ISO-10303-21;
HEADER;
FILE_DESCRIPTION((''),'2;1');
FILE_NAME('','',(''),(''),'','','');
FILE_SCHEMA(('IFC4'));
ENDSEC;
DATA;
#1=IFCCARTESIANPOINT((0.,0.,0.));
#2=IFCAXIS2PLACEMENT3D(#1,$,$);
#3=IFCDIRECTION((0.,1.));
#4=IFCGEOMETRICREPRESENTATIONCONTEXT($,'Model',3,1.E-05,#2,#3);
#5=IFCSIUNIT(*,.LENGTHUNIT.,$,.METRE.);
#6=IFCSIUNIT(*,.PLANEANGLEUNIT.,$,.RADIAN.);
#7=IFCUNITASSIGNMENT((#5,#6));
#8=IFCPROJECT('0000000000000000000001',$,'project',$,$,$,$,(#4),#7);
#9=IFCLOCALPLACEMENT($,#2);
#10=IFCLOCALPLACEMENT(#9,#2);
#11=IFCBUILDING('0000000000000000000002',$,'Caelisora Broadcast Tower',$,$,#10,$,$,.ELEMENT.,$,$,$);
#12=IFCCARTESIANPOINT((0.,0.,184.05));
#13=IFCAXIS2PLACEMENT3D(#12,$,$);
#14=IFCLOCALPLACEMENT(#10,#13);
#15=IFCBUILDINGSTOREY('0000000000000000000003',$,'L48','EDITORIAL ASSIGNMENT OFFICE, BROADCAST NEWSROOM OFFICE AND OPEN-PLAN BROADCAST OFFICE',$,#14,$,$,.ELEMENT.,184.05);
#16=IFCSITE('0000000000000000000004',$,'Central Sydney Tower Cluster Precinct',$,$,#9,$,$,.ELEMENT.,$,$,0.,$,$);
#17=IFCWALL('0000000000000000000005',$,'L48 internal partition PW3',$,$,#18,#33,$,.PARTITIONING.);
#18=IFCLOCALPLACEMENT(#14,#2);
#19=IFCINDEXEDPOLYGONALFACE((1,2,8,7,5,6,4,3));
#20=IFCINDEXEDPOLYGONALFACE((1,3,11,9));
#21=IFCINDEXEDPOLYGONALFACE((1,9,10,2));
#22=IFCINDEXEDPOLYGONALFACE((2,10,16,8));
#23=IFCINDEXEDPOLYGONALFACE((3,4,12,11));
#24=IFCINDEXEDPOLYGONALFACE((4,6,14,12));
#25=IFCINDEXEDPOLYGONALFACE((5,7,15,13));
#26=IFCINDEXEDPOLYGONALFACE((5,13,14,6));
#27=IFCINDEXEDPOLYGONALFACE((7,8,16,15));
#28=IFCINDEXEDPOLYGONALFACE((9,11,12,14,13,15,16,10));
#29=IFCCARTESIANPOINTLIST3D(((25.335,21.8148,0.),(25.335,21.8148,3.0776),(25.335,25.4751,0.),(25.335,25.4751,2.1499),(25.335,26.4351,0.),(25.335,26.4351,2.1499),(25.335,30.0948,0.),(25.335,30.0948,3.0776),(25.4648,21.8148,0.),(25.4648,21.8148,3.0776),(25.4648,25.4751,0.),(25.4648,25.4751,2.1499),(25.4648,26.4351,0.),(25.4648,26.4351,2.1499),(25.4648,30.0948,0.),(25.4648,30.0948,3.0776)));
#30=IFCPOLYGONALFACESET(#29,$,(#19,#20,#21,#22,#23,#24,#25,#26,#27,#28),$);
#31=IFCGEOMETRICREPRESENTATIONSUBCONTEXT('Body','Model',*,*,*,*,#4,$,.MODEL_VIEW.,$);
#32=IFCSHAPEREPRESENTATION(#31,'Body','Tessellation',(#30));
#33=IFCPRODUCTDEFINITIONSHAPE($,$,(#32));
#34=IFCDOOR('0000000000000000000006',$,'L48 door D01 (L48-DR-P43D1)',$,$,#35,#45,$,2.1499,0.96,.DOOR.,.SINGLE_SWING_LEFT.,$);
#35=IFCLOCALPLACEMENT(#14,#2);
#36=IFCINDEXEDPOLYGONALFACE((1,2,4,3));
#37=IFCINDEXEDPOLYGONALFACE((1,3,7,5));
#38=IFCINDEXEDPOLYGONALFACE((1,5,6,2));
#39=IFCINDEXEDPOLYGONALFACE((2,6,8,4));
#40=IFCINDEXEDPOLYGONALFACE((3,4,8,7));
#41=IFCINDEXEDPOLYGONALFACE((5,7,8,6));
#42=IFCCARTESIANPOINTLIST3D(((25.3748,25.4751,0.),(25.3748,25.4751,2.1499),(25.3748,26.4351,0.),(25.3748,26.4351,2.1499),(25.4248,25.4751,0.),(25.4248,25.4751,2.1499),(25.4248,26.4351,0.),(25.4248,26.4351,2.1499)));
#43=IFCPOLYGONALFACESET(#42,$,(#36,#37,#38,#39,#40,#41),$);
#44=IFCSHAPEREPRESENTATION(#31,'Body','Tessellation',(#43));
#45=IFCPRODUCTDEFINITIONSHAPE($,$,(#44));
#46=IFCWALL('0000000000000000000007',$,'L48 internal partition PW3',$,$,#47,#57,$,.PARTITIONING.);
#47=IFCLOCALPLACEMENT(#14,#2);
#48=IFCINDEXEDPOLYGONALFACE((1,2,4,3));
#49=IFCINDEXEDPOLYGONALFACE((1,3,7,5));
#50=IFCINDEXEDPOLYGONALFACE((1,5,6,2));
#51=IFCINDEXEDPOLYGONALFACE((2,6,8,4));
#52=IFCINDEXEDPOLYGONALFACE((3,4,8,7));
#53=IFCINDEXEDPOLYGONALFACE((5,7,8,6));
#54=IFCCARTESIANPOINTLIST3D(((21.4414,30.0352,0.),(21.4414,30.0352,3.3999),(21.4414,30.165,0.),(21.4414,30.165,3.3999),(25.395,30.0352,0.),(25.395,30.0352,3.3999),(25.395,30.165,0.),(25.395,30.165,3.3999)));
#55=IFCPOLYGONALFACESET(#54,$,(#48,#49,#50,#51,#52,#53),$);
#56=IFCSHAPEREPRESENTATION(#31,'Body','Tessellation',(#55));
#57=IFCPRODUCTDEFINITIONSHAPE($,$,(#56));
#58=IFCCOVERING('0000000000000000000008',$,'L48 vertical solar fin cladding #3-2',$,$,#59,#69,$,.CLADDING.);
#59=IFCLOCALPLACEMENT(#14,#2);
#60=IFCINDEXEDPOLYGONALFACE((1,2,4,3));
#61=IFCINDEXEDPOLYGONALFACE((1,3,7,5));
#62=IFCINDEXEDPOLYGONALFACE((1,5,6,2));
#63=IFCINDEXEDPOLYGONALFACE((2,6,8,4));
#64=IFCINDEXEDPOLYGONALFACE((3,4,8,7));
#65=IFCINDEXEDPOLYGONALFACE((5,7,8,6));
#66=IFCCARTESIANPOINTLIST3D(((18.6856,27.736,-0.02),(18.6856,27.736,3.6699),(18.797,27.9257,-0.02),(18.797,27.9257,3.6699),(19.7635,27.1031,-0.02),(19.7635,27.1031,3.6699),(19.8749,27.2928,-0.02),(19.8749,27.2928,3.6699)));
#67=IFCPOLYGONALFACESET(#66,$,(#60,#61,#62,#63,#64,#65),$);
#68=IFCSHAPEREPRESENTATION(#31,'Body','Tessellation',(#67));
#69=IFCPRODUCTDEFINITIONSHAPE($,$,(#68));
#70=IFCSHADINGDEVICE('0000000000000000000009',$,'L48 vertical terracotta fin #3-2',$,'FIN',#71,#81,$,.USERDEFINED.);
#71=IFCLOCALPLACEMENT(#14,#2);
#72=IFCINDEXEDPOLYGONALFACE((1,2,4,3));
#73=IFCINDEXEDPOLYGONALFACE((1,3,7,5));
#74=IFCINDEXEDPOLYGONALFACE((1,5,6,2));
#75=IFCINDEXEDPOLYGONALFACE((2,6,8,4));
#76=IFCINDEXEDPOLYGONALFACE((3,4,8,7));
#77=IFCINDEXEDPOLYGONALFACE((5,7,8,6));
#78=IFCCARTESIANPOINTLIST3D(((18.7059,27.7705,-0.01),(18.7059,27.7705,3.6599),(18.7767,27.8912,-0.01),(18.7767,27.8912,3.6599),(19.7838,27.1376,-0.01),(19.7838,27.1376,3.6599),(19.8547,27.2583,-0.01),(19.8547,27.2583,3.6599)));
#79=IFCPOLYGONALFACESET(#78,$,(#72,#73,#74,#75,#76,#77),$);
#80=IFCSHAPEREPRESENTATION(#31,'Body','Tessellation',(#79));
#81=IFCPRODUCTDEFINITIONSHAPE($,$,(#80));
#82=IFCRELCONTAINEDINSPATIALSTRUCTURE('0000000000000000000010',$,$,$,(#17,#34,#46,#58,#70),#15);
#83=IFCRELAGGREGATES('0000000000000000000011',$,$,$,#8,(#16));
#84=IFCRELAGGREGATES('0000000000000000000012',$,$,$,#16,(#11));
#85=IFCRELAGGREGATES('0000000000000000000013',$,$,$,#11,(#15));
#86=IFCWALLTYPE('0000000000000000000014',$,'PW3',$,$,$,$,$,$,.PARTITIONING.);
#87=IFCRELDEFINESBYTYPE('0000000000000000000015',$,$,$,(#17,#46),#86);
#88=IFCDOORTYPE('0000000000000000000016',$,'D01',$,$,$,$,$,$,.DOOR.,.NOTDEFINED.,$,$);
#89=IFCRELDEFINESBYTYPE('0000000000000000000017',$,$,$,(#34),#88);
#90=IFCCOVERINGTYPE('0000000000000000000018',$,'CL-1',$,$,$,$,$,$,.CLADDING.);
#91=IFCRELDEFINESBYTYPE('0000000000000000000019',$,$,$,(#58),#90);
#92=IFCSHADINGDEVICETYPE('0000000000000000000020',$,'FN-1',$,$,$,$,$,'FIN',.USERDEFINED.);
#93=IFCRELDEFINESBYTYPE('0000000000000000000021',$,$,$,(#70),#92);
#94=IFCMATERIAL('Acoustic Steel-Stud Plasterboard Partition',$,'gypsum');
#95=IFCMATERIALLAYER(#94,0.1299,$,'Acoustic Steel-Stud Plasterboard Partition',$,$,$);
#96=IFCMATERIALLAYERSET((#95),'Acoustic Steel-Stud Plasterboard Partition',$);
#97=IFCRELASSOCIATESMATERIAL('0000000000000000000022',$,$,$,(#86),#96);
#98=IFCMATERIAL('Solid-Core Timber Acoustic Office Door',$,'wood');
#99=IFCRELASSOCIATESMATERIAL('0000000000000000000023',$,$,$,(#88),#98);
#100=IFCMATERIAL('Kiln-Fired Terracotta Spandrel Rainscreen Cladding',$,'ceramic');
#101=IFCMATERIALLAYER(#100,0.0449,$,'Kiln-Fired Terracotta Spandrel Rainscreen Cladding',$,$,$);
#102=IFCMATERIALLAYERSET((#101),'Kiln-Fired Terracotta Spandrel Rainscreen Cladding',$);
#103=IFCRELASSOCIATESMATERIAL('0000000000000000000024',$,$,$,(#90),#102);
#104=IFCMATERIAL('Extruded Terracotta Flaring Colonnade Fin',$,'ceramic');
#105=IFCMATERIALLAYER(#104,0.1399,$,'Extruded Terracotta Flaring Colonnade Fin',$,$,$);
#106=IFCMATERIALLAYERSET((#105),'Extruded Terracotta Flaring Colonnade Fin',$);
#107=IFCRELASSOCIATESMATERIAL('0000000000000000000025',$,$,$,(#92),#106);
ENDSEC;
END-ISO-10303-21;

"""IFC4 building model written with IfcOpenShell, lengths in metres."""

from ifc_helpers import new_model, si_unit, direction, frame, frame_2d, origin, origin_2d, place, context, subcontext, project, spatial, rectangle, extrude, source, transform, mapped, material, layer, layer_set, type_object, type_shapes, element, fill, save


model = new_model("IFC4")

# Units and contexts
model_context = context("Model", 3, precision=1e-05, world=origin(), true_north=direction((0.0, 1.0)))
body_context = subcontext(model_context, "Body", "Model", "MODEL_VIEW")
ifc_project = project(units=[si_unit("LENGTHUNIT", "METRE"), si_unit("PLANEANGLEUNIT", "RADIAN")], contexts=[model_context])

# Site, building, storey
site_placement = place(None, origin())
site = spatial("IfcSite", under=ifc_project, at=site_placement, Name="Central Sydney Tower Cluster Precinct", CompositionType="ELEMENT", RefElevation=0.0)
building_placement = place(site_placement, origin())
building = spatial("IfcBuilding", under=site, at=building_placement, Name="Caelisora Broadcast Tower", CompositionType="ELEMENT")
storey_placement = place(building_placement, frame((0.0, 0.0, 184.05)))
storey = spatial("IfcBuildingStorey", under=building, at=storey_placement, Name="L48", Description="EDITORIAL ASSIGNMENT OFFICE, BROADCAST NEWSROOM OFFICE AND OPEN-PLAN BROADCAST OFFICE", CompositionType="ELEMENT", Elevation=184.05)

# Wall, opening, door
ifc_material_1 = material(Name="Acoustic Steel-Stud Plasterboard Partition", Category="gypsum")
ifc_layer_1 = layer(ifc_material_1, 0.1299, Name="Acoustic Steel-Stud Plasterboard Partition")
ifc_layer_set_1 = layer_set([ifc_layer_1], Name="Acoustic Steel-Stud Plasterboard Partition")
wall_type_1 = type_object("IfcWallType", Name="PW3", PredefinedType="PARTITIONING", material=ifc_layer_set_1)
wall_1_placement = place(storey_placement, frame((25.3999, 30.095, 0.0), z_axis=(0.0, 0.0, 1.0), x_axis=(0.0, -1.0, 0.0)))
wall_1 = element("IfcWall", 1, at=wall_1_placement, inside=storey, type_object=wall_type_1, Name="L48 internal partition PW3", PredefinedType="PARTITIONING", context=body_context, shape_type="SweptSolid", body=[
    extrude(rectangle(XDim=8.28, YDim=0.1299, at=frame_2d((4.1401, 0.0))), origin(), (0.0, 0.0, 1.0), 3.0776),
])
opening_1_placement = place(wall_1_placement, frame((3.6599, 0.0, 0.0)))
opening_1 = element("IfcOpeningElement", 2, at=opening_1_placement, cuts=wall_1, PredefinedType="OPENING", context=body_context, shape_type="SweptSolid", body=[
    extrude(rectangle(XDim=0.96, YDim=2.1499, at=frame_2d((0.48, 1.075))), frame((0.0, 0.0769, 0.0), z_axis=(0.0, -1.0, 0.0), x_axis=(1.0, 0.0, 0.0)), (0.0, 0.0, 1.0), 0.1538),
])
ifc_material_2 = material(Name="Solid-Core Timber Acoustic Office Door", Category="wood")
door_type_1 = type_object("IfcDoorType", Name="D01", OperationType="NOTDEFINED", PredefinedType="DOOR", material=ifc_material_2)
door_1_placement = place(opening_1_placement, origin())
door_1 = element("IfcDoor", 3, at=door_1_placement, inside=storey, type_object=door_type_1, Name="L48 door D01 (L48-DR-P43D1)", OperationType="SINGLE_SWING_LEFT", OverallHeight=2.1499, OverallWidth=0.96, PredefinedType="DOOR", context=body_context, shape_type="SweptSolid", body=[
    extrude(rectangle(XDim=0.96, YDim=2.1499, at=frame_2d((0.48, 1.075))), frame((0.0, 0.0249, 0.0), z_axis=(0.0, -1.0, 0.0), x_axis=(1.0, 0.0, 0.0)), (0.0, 0.0, 1.0), 0.05),
])
fill(opening_1, door_1)

# Wall
wall_2_placement = place(storey_placement, frame((21.4414, 30.1001, 0.0), z_axis=(0.0, 0.0, 1.0), x_axis=(1.0, 0.0, 0.0)))
element("IfcWall", 4, at=wall_2_placement, inside=storey, type_object=wall_type_1, Name="L48 internal partition PW3", PredefinedType="PARTITIONING", context=body_context, shape_type="SweptSolid", body=[
    extrude(rectangle(XDim=3.9536, YDim=0.1299, at=frame_2d((1.9768, 0.0))), origin(), (0.0, 0.0, 1.0), 3.3999),
])

# Covering
ifc_material_3 = material(Name="Kiln-Fired Terracotta Spandrel Rainscreen Cladding", Category="ceramic")
ifc_layer_2 = layer(ifc_material_3, 0.0449, Name="Kiln-Fired Terracotta Spandrel Rainscreen Cladding")
ifc_layer_set_2 = layer_set([ifc_layer_2], Name="Kiln-Fired Terracotta Spandrel Rainscreen Cladding")
covering_type = type_object("IfcCoveringType", Name="CL-1", PredefinedType="CLADDING", material=ifc_layer_set_2)
shared_shape_1 = source(origin(), body_context, "Body", "SweptSolid", [
    extrude(rectangle(XDim=0.22, YDim=1.25, at=origin_2d()), origin(), (0.0, 0.0, 1.0), 3.6899),
])
type_shapes(covering_type, [shared_shape_1])
covering_placement = place(storey_placement, frame((19.2803, 27.5144, -0.02), z_axis=(0.0, 0.0, 1.0), x_axis=(0.506335, 0.862337, 0.0)))
element("IfcCovering", 5, at=covering_placement, inside=storey, type_object=covering_type, Name="L48 vertical solar fin cladding #3-2", PredefinedType="CLADDING", context=body_context, shape_type="MappedRepresentation", body=[
    mapped(shared_shape_1, transform((0.0, 0.0, 0.0), scale=1.0)),
])

# Shading device
ifc_material_4 = material(Name="Extruded Terracotta Flaring Colonnade Fin", Category="ceramic")
ifc_layer_3 = layer(ifc_material_4, 0.1399, Name="Extruded Terracotta Flaring Colonnade Fin")
ifc_layer_set_3 = layer_set([ifc_layer_3], Name="Extruded Terracotta Flaring Colonnade Fin")
shading_device_type = type_object("IfcShadingDeviceType", Name="FN-1", ElementType="FIN", PredefinedType="USERDEFINED", material=ifc_layer_set_3)
shared_shape_2 = source(origin(), body_context, "Body", "SweptSolid", [
    extrude(rectangle(XDim=0.1399, YDim=1.25, at=origin_2d()), origin(), (0.0, 0.0, 1.0), 3.6699),
])
type_shapes(shading_device_type, [shared_shape_2])
shading_device_placement = place(storey_placement, frame((19.2803, 27.5144, -0.01), z_axis=(0.0, 0.0, 1.0), x_axis=(0.506335, 0.862337, 0.0)))
element("IfcShadingDevice", 6, at=shading_device_placement, inside=storey, type_object=shading_device_type, Name="L48 vertical terracotta fin #3-2", ObjectType="FIN", PredefinedType="USERDEFINED", context=body_context, shape_type="MappedRepresentation", body=[
    mapped(shared_shape_2, transform((0.0, 0.0, 0.0), scale=1.0)),
])

save(model, "model.ifc")
